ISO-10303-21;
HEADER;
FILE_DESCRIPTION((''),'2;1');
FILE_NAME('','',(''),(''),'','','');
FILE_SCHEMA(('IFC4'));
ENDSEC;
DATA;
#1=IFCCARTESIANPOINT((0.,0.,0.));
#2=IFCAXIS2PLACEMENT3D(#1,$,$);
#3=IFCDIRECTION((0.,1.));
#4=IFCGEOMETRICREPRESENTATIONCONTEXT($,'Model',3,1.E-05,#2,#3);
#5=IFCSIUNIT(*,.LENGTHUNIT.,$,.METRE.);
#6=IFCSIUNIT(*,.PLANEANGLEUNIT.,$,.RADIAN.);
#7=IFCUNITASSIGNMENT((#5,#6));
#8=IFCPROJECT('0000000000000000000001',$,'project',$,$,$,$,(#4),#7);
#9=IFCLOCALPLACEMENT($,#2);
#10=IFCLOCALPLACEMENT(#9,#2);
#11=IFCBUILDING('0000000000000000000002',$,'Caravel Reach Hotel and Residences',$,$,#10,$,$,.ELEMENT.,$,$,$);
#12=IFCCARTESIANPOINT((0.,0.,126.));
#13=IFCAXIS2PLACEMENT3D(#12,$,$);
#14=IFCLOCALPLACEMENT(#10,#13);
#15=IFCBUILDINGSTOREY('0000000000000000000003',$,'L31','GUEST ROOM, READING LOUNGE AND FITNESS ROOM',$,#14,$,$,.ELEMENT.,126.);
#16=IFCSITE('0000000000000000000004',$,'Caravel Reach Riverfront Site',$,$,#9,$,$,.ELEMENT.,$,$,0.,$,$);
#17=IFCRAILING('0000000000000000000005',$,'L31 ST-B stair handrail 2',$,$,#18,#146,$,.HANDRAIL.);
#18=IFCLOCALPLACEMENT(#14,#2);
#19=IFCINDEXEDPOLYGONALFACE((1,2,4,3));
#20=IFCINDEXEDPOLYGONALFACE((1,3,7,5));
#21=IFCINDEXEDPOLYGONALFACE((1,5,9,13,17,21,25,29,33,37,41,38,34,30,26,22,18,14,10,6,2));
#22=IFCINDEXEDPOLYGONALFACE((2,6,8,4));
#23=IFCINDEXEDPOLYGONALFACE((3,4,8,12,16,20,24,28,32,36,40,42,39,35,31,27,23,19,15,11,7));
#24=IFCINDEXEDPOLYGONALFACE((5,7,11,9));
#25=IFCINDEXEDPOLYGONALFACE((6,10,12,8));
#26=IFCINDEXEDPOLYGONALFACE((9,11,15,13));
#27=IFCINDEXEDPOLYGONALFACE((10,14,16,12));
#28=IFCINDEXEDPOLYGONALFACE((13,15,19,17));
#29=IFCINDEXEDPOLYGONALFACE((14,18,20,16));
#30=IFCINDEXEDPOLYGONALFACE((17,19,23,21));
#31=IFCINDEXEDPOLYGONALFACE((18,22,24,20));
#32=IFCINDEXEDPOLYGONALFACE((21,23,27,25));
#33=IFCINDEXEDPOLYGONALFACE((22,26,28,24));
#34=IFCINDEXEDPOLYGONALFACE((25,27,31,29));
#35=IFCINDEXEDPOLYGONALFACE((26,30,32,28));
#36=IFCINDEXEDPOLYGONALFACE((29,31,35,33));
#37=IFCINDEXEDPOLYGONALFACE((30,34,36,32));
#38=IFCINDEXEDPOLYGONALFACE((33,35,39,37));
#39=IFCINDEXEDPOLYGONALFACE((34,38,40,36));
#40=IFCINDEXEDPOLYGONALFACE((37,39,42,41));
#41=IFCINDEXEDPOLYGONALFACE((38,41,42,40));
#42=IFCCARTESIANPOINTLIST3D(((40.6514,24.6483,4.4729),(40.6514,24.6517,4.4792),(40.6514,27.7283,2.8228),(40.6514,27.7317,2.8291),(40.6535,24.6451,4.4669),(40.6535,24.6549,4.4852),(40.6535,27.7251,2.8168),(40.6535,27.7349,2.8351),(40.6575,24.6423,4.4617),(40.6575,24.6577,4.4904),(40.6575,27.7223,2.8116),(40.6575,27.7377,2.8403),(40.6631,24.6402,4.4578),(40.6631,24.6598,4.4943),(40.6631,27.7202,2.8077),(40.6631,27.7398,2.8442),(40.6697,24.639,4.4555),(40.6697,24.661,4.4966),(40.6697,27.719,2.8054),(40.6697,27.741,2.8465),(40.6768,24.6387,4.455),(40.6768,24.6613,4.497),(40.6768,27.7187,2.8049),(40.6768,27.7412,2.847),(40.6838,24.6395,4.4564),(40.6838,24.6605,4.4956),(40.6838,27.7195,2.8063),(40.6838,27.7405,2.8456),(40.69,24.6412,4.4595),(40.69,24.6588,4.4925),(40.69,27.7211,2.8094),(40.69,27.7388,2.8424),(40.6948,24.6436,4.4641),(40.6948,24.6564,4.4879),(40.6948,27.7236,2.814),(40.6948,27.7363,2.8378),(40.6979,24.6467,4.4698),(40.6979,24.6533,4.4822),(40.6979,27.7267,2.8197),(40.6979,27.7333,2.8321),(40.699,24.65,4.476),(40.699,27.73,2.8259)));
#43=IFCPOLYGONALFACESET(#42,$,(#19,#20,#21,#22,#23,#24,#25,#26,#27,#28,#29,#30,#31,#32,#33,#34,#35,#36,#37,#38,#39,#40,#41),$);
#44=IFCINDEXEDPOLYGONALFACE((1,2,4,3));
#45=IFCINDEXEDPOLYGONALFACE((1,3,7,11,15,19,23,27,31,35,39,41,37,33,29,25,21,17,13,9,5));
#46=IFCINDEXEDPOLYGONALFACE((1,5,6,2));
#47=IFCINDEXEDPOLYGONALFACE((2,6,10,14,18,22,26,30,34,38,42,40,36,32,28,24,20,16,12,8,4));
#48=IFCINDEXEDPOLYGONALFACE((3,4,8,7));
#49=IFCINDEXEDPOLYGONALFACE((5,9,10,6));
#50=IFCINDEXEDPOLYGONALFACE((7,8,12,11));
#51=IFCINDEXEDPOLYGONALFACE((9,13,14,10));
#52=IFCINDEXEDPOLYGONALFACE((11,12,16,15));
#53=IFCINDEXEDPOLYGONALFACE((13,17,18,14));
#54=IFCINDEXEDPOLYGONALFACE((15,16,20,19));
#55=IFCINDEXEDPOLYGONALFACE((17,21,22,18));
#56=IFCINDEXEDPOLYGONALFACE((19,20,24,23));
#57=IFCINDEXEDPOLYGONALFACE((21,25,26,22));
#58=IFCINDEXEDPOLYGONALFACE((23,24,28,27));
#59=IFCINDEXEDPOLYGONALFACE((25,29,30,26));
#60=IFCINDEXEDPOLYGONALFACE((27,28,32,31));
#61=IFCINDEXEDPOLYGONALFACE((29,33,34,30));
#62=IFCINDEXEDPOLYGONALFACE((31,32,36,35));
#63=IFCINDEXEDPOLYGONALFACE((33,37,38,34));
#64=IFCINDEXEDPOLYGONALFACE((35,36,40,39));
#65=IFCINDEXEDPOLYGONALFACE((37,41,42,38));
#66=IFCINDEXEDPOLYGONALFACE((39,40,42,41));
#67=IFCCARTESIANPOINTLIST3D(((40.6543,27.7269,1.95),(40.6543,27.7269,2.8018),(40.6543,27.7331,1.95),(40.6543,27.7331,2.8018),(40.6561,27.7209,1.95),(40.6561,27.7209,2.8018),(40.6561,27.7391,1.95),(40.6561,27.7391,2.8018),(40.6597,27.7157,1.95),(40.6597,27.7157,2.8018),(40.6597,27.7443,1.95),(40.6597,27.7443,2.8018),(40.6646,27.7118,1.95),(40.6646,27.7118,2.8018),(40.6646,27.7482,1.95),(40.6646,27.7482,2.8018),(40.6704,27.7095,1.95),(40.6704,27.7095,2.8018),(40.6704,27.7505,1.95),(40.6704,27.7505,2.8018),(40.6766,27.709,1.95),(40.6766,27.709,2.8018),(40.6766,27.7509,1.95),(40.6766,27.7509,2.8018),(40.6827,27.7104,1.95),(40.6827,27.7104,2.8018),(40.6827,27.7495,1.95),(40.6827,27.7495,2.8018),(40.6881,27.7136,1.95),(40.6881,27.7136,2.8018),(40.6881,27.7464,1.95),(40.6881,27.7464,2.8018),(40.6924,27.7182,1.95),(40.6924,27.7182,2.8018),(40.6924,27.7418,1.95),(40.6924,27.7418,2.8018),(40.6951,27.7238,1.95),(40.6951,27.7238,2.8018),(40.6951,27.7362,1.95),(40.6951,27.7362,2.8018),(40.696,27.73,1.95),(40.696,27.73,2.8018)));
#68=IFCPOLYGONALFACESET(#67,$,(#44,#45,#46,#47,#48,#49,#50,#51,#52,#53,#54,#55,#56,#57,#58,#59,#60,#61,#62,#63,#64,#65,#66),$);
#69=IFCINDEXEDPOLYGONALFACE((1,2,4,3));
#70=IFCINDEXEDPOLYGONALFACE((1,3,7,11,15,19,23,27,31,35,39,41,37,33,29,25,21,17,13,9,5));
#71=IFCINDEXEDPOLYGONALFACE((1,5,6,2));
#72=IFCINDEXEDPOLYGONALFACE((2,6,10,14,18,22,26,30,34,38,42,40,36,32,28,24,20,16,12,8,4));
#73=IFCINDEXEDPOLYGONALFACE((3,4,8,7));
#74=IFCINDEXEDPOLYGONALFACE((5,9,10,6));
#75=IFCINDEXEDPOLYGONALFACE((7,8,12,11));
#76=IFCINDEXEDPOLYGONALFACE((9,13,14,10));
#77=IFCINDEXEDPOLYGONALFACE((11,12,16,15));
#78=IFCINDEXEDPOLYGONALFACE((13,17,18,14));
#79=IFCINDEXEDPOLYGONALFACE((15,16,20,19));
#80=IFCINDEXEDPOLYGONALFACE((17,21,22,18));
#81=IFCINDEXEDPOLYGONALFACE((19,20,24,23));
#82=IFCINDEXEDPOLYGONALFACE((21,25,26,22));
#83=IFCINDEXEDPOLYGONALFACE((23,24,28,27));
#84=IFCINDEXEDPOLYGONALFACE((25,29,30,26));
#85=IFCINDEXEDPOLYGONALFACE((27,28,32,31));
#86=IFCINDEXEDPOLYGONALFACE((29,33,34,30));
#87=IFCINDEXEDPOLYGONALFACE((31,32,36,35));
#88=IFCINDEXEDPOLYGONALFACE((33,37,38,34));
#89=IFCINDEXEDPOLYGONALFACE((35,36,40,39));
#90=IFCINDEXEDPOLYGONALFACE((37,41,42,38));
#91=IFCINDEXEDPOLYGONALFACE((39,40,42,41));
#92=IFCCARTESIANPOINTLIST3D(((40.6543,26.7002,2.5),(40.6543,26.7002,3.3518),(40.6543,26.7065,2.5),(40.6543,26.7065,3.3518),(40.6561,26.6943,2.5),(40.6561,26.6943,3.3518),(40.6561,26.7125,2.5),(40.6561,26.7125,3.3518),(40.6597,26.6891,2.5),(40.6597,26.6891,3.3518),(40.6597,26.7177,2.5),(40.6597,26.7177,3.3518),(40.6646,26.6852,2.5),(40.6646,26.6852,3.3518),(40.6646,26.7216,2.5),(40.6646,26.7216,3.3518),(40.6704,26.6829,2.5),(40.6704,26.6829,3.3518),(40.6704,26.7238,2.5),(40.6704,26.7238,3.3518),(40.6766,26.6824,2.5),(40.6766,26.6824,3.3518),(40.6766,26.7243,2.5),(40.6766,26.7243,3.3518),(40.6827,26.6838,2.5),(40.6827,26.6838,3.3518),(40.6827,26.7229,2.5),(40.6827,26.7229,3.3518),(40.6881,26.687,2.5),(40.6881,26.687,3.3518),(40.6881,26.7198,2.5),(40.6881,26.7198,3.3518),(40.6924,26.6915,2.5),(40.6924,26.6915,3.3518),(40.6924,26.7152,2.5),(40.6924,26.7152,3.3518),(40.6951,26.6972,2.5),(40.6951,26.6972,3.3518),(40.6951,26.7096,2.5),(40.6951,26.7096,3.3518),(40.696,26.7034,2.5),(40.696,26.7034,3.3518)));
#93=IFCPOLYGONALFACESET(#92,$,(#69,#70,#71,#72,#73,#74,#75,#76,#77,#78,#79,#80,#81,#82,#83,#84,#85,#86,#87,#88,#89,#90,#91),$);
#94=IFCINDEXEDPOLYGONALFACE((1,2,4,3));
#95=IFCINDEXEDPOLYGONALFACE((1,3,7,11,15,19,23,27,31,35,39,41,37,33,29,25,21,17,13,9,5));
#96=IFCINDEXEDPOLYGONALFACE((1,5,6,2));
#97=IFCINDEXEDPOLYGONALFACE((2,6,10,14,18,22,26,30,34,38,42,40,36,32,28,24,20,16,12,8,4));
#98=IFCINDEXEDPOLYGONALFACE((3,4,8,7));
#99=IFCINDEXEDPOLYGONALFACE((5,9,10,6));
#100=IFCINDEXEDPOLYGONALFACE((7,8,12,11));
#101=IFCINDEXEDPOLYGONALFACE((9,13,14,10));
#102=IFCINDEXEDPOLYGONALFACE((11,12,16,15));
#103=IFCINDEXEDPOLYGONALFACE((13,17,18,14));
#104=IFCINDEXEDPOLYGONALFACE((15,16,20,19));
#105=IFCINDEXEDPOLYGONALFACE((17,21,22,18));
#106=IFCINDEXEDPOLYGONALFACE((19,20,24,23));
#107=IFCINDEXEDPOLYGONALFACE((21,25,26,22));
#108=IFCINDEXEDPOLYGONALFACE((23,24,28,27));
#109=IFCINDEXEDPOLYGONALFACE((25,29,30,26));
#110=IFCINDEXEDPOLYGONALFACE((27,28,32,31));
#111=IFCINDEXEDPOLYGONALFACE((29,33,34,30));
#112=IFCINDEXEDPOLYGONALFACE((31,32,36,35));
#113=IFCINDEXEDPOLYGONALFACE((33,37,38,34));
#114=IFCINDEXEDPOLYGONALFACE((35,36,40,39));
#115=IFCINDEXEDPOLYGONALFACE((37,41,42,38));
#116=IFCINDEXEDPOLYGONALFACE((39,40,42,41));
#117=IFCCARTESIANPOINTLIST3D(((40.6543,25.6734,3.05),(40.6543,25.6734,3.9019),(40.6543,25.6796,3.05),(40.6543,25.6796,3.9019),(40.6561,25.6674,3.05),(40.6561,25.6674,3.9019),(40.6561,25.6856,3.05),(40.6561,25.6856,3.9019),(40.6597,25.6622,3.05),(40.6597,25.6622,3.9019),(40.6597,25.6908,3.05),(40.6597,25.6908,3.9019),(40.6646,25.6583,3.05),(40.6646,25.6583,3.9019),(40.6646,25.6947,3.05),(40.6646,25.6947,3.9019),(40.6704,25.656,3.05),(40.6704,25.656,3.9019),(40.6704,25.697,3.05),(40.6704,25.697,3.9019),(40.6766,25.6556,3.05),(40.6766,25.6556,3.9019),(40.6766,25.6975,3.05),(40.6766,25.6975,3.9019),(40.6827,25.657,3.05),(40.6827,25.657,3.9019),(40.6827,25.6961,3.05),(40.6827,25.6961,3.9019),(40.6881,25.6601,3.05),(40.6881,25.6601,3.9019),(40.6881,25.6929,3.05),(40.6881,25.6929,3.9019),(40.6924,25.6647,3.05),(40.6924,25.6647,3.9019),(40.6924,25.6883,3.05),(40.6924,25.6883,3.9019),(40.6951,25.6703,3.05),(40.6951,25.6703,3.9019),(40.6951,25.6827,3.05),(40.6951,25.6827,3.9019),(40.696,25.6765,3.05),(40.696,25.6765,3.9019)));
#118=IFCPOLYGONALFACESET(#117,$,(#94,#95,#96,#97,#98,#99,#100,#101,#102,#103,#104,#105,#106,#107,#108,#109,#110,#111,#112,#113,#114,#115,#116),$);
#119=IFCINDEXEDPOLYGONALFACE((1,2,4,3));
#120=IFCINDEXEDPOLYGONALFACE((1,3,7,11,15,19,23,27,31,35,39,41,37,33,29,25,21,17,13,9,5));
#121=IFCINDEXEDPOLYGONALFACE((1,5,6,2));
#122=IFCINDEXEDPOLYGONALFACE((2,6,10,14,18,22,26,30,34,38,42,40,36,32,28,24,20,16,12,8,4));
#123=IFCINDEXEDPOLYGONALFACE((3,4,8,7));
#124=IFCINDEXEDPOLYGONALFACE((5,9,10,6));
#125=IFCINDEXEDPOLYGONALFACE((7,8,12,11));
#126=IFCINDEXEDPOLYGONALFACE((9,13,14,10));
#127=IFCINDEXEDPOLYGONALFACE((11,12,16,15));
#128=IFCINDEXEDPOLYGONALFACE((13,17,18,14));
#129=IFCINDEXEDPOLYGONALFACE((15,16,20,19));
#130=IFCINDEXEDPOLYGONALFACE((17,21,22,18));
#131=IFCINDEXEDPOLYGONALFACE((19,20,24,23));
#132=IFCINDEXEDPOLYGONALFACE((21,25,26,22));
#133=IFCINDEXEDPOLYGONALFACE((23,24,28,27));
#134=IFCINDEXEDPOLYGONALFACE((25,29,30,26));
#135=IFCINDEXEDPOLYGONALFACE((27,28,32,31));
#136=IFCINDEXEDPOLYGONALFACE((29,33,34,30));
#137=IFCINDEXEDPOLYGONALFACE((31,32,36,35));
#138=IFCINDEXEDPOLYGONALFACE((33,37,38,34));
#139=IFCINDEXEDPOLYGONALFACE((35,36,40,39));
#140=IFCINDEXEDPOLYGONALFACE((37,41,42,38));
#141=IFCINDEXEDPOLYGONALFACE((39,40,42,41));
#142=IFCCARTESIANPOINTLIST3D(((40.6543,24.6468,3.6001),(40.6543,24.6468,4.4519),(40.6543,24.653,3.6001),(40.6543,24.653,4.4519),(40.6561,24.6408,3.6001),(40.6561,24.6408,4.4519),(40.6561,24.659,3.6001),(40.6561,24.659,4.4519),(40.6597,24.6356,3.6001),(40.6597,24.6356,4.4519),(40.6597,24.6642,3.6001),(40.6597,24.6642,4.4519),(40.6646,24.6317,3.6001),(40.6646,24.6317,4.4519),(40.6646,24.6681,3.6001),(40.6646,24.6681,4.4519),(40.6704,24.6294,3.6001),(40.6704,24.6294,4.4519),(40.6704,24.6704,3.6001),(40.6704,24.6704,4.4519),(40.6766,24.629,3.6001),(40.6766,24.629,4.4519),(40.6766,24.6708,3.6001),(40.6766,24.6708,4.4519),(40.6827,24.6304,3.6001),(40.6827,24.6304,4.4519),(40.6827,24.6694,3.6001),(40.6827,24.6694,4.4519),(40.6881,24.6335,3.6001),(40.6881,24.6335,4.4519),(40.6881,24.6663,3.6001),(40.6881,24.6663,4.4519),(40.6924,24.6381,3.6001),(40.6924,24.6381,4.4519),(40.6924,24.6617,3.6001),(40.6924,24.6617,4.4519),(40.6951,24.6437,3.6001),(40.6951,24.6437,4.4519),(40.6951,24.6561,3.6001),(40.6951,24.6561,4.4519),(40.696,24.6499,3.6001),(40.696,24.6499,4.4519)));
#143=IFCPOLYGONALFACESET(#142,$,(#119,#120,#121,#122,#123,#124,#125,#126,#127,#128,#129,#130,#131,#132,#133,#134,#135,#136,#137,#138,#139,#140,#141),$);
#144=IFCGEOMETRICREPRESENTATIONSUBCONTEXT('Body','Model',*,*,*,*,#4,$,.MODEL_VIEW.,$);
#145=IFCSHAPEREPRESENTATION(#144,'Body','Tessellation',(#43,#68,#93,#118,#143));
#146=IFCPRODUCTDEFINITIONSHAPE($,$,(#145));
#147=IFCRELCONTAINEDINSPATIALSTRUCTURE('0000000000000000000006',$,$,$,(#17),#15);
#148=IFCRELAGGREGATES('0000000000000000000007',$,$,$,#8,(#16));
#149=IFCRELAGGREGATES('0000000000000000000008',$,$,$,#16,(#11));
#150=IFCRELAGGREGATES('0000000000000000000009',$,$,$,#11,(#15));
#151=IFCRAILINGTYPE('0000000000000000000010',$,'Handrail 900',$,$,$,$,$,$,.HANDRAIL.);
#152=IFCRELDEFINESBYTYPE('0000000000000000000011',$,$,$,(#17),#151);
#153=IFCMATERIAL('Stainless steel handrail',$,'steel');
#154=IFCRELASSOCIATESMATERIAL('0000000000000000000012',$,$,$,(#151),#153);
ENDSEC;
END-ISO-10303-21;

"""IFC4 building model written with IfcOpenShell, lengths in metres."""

from ifc_helpers import new_model, si_unit, direction, frame, origin, origin_2d, place, context, subcontext, project, spatial, circle, extrude, material, type_object, element, save


model = new_model("IFC4")

# Units and contexts
model_context = context("Model", 3, precision=1e-05, world=origin(), true_north=direction((0.0, 1.0)))
body_context = subcontext(model_context, "Body", "Model", "MODEL_VIEW")
ifc_project = project(units=[si_unit("LENGTHUNIT", "METRE"), si_unit("PLANEANGLEUNIT", "RADIAN")], contexts=[model_context])

# Site, building, storey
site_placement = place(None, origin())
site = spatial("IfcSite", under=ifc_project, at=site_placement, Name="Caravel Reach Riverfront Site", CompositionType="ELEMENT", RefElevation=0.0)
building_placement = place(site_placement, origin())
building = spatial("IfcBuilding", under=site, at=building_placement, Name="Caravel Reach Hotel and Residences", CompositionType="ELEMENT")
storey_placement = place(building_placement, frame((0.0, 0.0, 126.0)))
storey = spatial("IfcBuildingStorey", under=building, at=storey_placement, Name="L31", Description="GUEST ROOM, READING LOUNGE AND FITNESS ROOM", CompositionType="ELEMENT", Elevation=126.0)

# Railing
ifc_material_1 = material(Name="Stainless steel handrail", Category="steel")
railing_type_1 = type_object("IfcRailingType", Name="Handrail 900", PredefinedType="HANDRAIL", material=ifc_material_1)
railing_1_placement = place(storey_placement, frame((40.675, 27.73, 1.95)))
element("IfcRailing", 1, at=railing_1_placement, inside=storey, type_object=railing_type_1, Name="L31 ST-B stair handrail 2", PredefinedType="HANDRAIL", context=body_context, shape_type="SweptSolid", body=[
    extrude(circle(Radius=0.0239, at=origin_2d()), frame((0.0, 0.0, 0.876), z_axis=(0.0, -0.881468, 0.472245), x_axis=(1.0, 0.0, 0.0)), (0.0, 0.0, 1.0), 3.4941),
    extrude(circle(Radius=0.021, at=origin_2d()), origin(), (0.0, 0.0, 1.0), 0.8518),
    extrude(circle(Radius=0.021, at=origin_2d()), frame((0.0, -1.0266, 0.55)), (0.0, 0.0, 1.0), 0.8518),
    extrude(circle(Radius=0.021, at=origin_2d()), frame((0.0, -2.0535, 1.1001)), (0.0, 0.0, 1.0), 0.8518),
    extrude(circle(Radius=0.021, at=origin_2d()), frame((0.0, -3.0801, 1.6501)), (0.0, 0.0, 1.0), 0.8518),
])

save(model, "model.ifc")
